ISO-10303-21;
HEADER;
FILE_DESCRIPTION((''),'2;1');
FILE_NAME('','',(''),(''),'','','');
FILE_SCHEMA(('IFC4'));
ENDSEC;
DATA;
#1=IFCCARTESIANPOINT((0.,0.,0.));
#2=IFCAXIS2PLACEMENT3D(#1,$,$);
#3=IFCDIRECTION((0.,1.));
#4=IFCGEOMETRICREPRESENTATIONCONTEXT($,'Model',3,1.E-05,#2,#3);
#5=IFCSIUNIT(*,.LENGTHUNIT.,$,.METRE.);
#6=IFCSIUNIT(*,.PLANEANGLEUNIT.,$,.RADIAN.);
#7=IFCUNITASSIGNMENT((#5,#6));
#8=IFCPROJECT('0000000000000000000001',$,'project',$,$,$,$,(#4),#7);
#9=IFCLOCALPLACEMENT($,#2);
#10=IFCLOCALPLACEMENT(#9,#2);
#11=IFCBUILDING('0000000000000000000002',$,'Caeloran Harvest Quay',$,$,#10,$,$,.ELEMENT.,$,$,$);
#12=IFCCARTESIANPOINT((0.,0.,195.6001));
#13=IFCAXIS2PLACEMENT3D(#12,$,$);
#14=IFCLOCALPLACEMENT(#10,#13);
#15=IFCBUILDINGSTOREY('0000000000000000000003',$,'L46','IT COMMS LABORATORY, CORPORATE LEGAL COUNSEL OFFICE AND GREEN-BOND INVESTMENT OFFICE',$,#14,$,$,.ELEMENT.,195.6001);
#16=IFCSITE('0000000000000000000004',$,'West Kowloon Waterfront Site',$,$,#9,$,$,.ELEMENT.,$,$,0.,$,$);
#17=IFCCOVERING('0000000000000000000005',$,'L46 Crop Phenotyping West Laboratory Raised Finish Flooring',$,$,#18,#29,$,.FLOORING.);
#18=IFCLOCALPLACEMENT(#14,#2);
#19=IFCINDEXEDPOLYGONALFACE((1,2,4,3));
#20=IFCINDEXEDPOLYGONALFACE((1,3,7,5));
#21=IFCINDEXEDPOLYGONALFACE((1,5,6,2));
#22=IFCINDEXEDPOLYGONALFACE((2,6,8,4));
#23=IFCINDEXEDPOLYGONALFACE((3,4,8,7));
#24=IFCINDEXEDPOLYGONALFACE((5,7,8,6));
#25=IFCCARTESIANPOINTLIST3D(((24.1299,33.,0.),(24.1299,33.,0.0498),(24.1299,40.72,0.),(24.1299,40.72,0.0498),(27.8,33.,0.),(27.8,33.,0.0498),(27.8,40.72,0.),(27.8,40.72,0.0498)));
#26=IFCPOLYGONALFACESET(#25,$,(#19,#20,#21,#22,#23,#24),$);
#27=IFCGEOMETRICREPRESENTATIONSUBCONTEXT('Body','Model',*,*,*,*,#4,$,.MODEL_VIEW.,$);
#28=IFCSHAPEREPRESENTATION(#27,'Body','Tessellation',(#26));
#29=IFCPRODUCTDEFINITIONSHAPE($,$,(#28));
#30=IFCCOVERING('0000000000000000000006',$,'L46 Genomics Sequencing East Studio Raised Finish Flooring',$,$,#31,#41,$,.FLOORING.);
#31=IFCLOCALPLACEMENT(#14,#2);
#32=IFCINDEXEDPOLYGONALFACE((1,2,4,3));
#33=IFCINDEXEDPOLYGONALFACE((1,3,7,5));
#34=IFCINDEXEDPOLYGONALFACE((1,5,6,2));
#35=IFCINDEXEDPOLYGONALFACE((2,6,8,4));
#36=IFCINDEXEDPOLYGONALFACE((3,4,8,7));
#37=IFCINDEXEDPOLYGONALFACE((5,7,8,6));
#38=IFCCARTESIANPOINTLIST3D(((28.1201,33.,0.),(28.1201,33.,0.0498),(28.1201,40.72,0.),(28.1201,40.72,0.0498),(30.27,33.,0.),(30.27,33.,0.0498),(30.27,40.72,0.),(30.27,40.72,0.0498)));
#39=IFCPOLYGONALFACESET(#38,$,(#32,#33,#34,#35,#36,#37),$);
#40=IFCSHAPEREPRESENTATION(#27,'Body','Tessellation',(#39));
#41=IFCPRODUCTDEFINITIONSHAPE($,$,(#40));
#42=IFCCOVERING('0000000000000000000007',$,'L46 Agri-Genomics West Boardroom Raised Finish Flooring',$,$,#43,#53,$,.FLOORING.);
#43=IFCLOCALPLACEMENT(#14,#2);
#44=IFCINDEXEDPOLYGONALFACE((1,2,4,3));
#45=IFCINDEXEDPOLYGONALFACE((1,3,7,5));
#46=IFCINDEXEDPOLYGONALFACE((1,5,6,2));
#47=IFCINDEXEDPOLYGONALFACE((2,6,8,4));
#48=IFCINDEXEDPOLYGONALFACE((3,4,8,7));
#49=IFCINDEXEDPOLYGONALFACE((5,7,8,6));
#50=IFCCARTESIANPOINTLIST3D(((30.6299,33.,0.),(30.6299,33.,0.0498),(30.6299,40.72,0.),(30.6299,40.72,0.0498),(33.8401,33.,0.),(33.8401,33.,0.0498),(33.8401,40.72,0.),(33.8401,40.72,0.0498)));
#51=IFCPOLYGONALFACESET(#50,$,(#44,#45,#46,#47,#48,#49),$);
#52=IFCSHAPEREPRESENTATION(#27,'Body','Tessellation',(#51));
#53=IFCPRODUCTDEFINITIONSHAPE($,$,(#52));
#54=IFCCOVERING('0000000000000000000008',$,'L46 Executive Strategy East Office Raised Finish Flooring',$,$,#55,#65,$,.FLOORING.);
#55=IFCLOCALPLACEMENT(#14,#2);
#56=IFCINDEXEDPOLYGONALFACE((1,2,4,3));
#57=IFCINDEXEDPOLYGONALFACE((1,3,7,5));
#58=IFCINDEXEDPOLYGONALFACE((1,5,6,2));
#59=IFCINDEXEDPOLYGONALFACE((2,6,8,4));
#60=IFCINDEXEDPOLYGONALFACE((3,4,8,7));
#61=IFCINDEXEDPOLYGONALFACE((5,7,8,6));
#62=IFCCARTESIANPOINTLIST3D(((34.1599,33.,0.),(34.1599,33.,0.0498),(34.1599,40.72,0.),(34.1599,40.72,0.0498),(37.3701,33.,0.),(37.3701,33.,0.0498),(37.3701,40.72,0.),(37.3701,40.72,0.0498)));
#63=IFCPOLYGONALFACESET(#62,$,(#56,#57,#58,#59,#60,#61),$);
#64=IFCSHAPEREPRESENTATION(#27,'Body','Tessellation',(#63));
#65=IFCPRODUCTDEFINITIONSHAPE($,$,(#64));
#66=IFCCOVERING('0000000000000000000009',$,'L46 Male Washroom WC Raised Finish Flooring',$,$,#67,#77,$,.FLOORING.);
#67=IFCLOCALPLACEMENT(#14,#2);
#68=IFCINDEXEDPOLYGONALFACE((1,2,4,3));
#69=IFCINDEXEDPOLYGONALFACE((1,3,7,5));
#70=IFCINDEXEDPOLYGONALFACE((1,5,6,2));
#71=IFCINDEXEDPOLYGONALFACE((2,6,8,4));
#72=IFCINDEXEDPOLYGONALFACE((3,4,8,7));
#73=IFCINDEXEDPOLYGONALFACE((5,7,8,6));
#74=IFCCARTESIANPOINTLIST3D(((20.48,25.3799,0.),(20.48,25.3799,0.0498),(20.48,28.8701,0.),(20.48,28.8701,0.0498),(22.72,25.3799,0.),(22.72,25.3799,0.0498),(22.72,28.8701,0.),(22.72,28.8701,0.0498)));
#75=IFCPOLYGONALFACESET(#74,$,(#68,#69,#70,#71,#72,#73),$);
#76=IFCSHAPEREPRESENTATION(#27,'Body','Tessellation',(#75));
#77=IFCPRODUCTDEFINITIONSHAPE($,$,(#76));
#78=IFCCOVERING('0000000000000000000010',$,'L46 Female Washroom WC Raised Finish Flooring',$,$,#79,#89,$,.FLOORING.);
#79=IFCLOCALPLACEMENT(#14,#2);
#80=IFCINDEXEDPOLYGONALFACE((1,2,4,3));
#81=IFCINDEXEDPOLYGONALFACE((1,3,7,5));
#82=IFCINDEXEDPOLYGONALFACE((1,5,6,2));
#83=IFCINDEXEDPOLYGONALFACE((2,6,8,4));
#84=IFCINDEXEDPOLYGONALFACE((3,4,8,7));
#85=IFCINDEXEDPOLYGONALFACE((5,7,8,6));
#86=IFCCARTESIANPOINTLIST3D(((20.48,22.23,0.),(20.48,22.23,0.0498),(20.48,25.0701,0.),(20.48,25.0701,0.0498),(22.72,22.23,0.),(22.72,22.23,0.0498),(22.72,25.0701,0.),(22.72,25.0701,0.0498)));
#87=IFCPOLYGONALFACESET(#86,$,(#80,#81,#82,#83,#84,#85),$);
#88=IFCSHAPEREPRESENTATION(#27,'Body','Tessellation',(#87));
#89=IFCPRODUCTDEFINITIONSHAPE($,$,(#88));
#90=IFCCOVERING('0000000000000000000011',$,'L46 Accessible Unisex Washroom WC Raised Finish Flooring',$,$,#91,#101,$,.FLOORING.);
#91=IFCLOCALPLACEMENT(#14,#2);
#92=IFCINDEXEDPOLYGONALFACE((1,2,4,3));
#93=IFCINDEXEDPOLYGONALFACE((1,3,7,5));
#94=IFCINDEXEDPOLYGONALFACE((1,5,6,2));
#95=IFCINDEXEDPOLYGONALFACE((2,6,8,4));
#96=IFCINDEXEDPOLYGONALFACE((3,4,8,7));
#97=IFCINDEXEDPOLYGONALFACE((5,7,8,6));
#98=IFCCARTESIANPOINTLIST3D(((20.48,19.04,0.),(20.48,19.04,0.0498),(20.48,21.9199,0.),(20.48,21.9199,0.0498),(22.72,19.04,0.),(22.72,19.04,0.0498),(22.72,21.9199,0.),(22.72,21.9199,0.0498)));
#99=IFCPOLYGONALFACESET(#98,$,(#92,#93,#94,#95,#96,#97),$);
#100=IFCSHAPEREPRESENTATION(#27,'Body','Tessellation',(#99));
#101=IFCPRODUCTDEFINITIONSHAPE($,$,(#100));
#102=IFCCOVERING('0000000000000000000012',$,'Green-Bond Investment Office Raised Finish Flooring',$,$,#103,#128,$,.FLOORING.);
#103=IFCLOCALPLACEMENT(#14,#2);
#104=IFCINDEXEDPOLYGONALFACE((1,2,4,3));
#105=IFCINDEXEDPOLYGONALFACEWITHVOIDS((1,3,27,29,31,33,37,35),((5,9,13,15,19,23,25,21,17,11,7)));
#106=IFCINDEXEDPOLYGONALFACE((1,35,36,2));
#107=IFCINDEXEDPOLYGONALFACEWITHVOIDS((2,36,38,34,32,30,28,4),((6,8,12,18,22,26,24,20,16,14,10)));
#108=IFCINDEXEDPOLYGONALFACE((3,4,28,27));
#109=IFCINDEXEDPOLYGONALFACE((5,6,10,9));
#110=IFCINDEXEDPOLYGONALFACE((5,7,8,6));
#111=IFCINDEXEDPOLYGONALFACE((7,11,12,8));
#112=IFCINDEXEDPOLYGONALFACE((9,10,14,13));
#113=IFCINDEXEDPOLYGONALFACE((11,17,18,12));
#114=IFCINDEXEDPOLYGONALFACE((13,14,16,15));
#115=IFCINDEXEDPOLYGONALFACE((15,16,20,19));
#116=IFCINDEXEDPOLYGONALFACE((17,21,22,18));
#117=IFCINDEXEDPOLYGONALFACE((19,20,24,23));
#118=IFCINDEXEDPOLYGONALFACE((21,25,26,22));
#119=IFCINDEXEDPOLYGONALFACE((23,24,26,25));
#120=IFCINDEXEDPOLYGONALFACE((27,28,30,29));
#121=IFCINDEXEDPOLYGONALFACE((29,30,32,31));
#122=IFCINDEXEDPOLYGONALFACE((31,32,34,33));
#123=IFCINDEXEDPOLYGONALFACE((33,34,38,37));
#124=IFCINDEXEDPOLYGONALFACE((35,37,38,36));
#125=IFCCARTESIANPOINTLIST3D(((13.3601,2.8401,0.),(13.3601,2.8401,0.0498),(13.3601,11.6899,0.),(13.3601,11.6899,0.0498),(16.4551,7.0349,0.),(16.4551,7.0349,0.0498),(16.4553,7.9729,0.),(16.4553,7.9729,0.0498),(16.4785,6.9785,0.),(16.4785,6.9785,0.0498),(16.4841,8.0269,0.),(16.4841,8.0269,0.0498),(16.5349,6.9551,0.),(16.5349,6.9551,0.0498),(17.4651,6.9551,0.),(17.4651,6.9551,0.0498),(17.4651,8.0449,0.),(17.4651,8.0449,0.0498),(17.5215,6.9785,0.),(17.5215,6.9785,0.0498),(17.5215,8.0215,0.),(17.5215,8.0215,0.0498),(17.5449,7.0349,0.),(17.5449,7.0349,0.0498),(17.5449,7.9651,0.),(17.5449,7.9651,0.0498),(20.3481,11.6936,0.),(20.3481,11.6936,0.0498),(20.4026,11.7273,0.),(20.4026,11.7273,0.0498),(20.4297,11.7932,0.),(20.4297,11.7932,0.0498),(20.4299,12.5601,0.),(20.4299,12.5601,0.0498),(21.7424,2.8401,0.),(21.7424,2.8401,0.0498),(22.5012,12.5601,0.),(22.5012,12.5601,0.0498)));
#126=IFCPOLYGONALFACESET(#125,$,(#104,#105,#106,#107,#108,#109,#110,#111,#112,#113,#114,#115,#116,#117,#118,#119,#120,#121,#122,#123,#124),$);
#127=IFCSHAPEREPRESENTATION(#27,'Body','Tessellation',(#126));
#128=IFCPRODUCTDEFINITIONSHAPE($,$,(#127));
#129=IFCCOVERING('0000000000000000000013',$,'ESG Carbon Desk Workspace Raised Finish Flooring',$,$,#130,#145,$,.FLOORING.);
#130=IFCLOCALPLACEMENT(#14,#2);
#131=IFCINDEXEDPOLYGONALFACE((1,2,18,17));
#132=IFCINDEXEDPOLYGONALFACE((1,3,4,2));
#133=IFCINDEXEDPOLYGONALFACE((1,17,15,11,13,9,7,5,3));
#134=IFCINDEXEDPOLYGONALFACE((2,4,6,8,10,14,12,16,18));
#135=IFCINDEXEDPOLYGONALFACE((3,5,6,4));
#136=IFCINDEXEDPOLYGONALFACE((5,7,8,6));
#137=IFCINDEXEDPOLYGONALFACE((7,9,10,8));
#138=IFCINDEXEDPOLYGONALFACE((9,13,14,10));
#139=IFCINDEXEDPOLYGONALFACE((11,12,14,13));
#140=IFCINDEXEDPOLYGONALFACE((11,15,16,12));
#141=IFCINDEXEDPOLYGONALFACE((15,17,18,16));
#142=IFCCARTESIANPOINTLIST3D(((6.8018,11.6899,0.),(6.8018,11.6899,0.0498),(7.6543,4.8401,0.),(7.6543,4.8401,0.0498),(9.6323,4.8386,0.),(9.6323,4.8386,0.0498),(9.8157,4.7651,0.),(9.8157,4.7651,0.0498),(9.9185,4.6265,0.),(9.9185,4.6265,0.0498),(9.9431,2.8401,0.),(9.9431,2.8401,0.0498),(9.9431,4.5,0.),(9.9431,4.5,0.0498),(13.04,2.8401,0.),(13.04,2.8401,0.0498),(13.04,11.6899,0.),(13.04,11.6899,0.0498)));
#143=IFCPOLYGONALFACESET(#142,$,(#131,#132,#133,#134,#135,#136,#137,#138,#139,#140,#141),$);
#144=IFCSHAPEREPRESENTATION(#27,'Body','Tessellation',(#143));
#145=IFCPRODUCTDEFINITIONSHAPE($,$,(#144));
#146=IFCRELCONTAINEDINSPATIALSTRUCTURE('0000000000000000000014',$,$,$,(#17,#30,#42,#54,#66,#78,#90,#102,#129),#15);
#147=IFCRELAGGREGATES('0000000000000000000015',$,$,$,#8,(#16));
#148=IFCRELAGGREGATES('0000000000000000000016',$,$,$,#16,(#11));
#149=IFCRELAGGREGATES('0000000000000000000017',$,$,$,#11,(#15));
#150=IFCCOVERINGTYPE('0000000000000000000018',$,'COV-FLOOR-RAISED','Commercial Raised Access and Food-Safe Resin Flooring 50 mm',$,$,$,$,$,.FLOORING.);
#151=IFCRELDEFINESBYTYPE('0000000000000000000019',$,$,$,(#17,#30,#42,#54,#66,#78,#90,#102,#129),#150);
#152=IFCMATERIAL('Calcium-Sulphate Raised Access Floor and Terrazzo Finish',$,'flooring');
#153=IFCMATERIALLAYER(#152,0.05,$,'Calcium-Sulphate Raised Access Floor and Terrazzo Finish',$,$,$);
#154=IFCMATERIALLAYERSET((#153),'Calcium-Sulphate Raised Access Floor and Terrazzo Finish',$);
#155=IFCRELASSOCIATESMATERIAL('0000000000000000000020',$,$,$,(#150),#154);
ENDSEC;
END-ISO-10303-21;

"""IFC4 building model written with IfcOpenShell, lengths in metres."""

from ifc_helpers import new_model, si_unit, direction, frame, origin, place, context, subcontext, project, spatial, polyline, outline, extrude, material, layer, layer_set, type_object, element, save


model = new_model("IFC4")

# Units and contexts
model_context = context("Model", 3, precision=1e-05, world=origin(), true_north=direction((0.0, 1.0)))
body_context = subcontext(model_context, "Body", "Model", "MODEL_VIEW")
ifc_project = project(units=[si_unit("LENGTHUNIT", "METRE"), si_unit("PLANEANGLEUNIT", "RADIAN")], contexts=[model_context])

# Site, building, storey
site_placement = place(None, origin())
site = spatial("IfcSite", under=ifc_project, at=site_placement, Name="West Kowloon Waterfront Site", CompositionType="ELEMENT", RefElevation=0.0)
building_placement = place(site_placement, origin())
building = spatial("IfcBuilding", under=site, at=building_placement, Name="Caeloran Harvest Quay", CompositionType="ELEMENT")
storey_placement = place(building_placement, frame((0.0, 0.0, 195.6001)))
storey = spatial("IfcBuildingStorey", under=building, at=storey_placement, Name="L46", Description="IT COMMS LABORATORY, CORPORATE LEGAL COUNSEL OFFICE AND GREEN-BOND INVESTMENT OFFICE", CompositionType="ELEMENT", Elevation=195.6001)

# Coverings
ifc_material_1 = material(Name="Calcium-Sulphate Raised Access Floor and Terrazzo Finish", Category="flooring")
ifc_layer_1 = layer(ifc_material_1, 0.05, Name="Calcium-Sulphate Raised Access Floor and Terrazzo Finish")
ifc_layer_set_1 = layer_set([ifc_layer_1], Name="Calcium-Sulphate Raised Access Floor and Terrazzo Finish")
covering_type_1 = type_object("IfcCoveringType", Name="COV-FLOOR-RAISED", Description="Commercial Raised Access and Food-Safe Resin Flooring 50 mm", PredefinedType="FLOORING", material=ifc_layer_set_1)
covering_1_placement = place(storey_placement, origin())
element("IfcCovering", 1, at=covering_1_placement, inside=storey, type_object=covering_type_1, Name="L46 Crop Phenotyping West Laboratory Raised Finish Flooring", PredefinedType="FLOORING", context=body_context, shape_type="SweptSolid", body=[
    extrude(outline(polyline([(27.8, 40.72), (27.8, 33.0), (24.1299, 33.0), (24.1299, 40.72), (27.8, 40.72)])), origin(), (0.0, 0.0, 1.0), 0.0498),
])
covering_2_placement = place(storey_placement, origin())
element("IfcCovering", 2, at=covering_2_placement, inside=storey, type_object=covering_type_1, Name="L46 Genomics Sequencing East Studio Raised Finish Flooring", PredefinedType="FLOORING", context=body_context, shape_type="SweptSolid", body=[
    extrude(outline(polyline([(30.27, 40.72), (30.27, 33.0), (28.1201, 33.0), (28.1201, 40.72), (30.27, 40.72)])), origin(), (0.0, 0.0, 1.0), 0.0498),
])
covering_3_placement = place(storey_placement, origin())
element("IfcCovering", 3, at=covering_3_placement, inside=storey, type_object=covering_type_1, Name="L46 Agri-Genomics West Boardroom Raised Finish Flooring", PredefinedType="FLOORING", context=body_context, shape_type="SweptSolid", body=[
    extrude(outline(polyline([(33.8401, 40.72), (33.8401, 33.0), (30.6299, 33.0), (30.6299, 40.72), (33.8401, 40.72)])), origin(), (0.0, 0.0, 1.0), 0.0498),
])
covering_4_placement = place(storey_placement, origin())
element("IfcCovering", 4, at=covering_4_placement, inside=storey, type_object=covering_type_1, Name="L46 Executive Strategy East Office Raised Finish Flooring", PredefinedType="FLOORING", context=body_context, shape_type="SweptSolid", body=[
    extrude(outline(polyline([(37.3701, 40.72), (37.3701, 33.0), (34.1599, 33.0), (34.1599, 40.72), (37.3701, 40.72)])), origin(), (0.0, 0.0, 1.0), 0.0498),
])
covering_5_placement = place(storey_placement, origin())
element("IfcCovering", 5, at=covering_5_placement, inside=storey, type_object=covering_type_1, Name="L46 Male Washroom WC Raised Finish Flooring", PredefinedType="FLOORING", context=body_context, shape_type="SweptSolid", body=[
    extrude(outline(polyline([(22.72, 28.8701), (22.72, 25.3799), (20.48, 25.3799), (20.48, 28.8701), (22.72, 28.8701)])), origin(), (0.0, 0.0, 1.0), 0.0498),
])
covering_6_placement = place(storey_placement, origin())
element("IfcCovering", 6, at=covering_6_placement, inside=storey, type_object=covering_type_1, Name="L46 Female Washroom WC Raised Finish Flooring", PredefinedType="FLOORING", context=body_context, shape_type="SweptSolid", body=[
    extrude(outline(polyline([(22.72, 25.0701), (22.72, 22.23), (20.48, 22.23), (20.48, 25.0701), (22.72, 25.0701)])), origin(), (0.0, 0.0, 1.0), 0.0498),
])
covering_7_placement = place(storey_placement, origin())
element("IfcCovering", 7, at=covering_7_placement, inside=storey, type_object=covering_type_1, Name="L46 Accessible Unisex Washroom WC Raised Finish Flooring", PredefinedType="FLOORING", context=body_context, shape_type="SweptSolid", body=[
    extrude(outline(polyline([(22.72, 21.9199), (22.72, 19.04), (20.48, 19.04), (20.48, 21.9199), (22.72, 21.9199)])), origin(), (0.0, 0.0, 1.0), 0.0498),
])
covering_8_placement = place(storey_placement, origin())
element("IfcCovering", 8, at=covering_8_placement, inside=storey, type_object=covering_type_1, Name="Green-Bond Investment Office Raised Finish Flooring", PredefinedType="FLOORING", context=body_context, shape_type="SweptSolid", body=[
    extrude(outline(polyline([(20.3481, 11.6936), (20.4026, 11.7273), (20.4297, 11.7932), (20.4299, 12.5601), (22.5012, 12.5601), (21.7424, 2.8401), (13.3601, 2.8401), (13.3601, 11.6899), (20.3481, 11.6936)]), holes=[polyline([(17.4651, 8.0449), (16.4841, 8.0269), (16.4553, 7.9729), (16.4551, 7.0349), (16.4785, 6.9785), (16.5349, 6.9551), (17.4651, 6.9551), (17.5215, 6.9785), (17.5449, 7.0349), (17.5449, 7.9651), (17.5215, 8.0215), (17.4651, 8.0449)])]), origin(), (0.0, 0.0, 1.0), 0.0498),
])
covering_9_placement = place(storey_placement, origin())
element("IfcCovering", 9, at=covering_9_placement, inside=storey, type_object=covering_type_1, Name="ESG Carbon Desk Workspace Raised Finish Flooring", PredefinedType="FLOORING", context=body_context, shape_type="SweptSolid", body=[
    extrude(outline(polyline([(9.9185, 4.6265), (9.8157, 4.7651), (9.6323, 4.8386), (7.6543, 4.8401), (6.8018, 11.6899), (13.04, 11.6899), (13.04, 2.8401), (9.9431, 2.8401), (9.9431, 4.5), (9.9185, 4.6265)])), origin(), (0.0, 0.0, 1.0), 0.0498),
])

save(model, "model.ifc")
